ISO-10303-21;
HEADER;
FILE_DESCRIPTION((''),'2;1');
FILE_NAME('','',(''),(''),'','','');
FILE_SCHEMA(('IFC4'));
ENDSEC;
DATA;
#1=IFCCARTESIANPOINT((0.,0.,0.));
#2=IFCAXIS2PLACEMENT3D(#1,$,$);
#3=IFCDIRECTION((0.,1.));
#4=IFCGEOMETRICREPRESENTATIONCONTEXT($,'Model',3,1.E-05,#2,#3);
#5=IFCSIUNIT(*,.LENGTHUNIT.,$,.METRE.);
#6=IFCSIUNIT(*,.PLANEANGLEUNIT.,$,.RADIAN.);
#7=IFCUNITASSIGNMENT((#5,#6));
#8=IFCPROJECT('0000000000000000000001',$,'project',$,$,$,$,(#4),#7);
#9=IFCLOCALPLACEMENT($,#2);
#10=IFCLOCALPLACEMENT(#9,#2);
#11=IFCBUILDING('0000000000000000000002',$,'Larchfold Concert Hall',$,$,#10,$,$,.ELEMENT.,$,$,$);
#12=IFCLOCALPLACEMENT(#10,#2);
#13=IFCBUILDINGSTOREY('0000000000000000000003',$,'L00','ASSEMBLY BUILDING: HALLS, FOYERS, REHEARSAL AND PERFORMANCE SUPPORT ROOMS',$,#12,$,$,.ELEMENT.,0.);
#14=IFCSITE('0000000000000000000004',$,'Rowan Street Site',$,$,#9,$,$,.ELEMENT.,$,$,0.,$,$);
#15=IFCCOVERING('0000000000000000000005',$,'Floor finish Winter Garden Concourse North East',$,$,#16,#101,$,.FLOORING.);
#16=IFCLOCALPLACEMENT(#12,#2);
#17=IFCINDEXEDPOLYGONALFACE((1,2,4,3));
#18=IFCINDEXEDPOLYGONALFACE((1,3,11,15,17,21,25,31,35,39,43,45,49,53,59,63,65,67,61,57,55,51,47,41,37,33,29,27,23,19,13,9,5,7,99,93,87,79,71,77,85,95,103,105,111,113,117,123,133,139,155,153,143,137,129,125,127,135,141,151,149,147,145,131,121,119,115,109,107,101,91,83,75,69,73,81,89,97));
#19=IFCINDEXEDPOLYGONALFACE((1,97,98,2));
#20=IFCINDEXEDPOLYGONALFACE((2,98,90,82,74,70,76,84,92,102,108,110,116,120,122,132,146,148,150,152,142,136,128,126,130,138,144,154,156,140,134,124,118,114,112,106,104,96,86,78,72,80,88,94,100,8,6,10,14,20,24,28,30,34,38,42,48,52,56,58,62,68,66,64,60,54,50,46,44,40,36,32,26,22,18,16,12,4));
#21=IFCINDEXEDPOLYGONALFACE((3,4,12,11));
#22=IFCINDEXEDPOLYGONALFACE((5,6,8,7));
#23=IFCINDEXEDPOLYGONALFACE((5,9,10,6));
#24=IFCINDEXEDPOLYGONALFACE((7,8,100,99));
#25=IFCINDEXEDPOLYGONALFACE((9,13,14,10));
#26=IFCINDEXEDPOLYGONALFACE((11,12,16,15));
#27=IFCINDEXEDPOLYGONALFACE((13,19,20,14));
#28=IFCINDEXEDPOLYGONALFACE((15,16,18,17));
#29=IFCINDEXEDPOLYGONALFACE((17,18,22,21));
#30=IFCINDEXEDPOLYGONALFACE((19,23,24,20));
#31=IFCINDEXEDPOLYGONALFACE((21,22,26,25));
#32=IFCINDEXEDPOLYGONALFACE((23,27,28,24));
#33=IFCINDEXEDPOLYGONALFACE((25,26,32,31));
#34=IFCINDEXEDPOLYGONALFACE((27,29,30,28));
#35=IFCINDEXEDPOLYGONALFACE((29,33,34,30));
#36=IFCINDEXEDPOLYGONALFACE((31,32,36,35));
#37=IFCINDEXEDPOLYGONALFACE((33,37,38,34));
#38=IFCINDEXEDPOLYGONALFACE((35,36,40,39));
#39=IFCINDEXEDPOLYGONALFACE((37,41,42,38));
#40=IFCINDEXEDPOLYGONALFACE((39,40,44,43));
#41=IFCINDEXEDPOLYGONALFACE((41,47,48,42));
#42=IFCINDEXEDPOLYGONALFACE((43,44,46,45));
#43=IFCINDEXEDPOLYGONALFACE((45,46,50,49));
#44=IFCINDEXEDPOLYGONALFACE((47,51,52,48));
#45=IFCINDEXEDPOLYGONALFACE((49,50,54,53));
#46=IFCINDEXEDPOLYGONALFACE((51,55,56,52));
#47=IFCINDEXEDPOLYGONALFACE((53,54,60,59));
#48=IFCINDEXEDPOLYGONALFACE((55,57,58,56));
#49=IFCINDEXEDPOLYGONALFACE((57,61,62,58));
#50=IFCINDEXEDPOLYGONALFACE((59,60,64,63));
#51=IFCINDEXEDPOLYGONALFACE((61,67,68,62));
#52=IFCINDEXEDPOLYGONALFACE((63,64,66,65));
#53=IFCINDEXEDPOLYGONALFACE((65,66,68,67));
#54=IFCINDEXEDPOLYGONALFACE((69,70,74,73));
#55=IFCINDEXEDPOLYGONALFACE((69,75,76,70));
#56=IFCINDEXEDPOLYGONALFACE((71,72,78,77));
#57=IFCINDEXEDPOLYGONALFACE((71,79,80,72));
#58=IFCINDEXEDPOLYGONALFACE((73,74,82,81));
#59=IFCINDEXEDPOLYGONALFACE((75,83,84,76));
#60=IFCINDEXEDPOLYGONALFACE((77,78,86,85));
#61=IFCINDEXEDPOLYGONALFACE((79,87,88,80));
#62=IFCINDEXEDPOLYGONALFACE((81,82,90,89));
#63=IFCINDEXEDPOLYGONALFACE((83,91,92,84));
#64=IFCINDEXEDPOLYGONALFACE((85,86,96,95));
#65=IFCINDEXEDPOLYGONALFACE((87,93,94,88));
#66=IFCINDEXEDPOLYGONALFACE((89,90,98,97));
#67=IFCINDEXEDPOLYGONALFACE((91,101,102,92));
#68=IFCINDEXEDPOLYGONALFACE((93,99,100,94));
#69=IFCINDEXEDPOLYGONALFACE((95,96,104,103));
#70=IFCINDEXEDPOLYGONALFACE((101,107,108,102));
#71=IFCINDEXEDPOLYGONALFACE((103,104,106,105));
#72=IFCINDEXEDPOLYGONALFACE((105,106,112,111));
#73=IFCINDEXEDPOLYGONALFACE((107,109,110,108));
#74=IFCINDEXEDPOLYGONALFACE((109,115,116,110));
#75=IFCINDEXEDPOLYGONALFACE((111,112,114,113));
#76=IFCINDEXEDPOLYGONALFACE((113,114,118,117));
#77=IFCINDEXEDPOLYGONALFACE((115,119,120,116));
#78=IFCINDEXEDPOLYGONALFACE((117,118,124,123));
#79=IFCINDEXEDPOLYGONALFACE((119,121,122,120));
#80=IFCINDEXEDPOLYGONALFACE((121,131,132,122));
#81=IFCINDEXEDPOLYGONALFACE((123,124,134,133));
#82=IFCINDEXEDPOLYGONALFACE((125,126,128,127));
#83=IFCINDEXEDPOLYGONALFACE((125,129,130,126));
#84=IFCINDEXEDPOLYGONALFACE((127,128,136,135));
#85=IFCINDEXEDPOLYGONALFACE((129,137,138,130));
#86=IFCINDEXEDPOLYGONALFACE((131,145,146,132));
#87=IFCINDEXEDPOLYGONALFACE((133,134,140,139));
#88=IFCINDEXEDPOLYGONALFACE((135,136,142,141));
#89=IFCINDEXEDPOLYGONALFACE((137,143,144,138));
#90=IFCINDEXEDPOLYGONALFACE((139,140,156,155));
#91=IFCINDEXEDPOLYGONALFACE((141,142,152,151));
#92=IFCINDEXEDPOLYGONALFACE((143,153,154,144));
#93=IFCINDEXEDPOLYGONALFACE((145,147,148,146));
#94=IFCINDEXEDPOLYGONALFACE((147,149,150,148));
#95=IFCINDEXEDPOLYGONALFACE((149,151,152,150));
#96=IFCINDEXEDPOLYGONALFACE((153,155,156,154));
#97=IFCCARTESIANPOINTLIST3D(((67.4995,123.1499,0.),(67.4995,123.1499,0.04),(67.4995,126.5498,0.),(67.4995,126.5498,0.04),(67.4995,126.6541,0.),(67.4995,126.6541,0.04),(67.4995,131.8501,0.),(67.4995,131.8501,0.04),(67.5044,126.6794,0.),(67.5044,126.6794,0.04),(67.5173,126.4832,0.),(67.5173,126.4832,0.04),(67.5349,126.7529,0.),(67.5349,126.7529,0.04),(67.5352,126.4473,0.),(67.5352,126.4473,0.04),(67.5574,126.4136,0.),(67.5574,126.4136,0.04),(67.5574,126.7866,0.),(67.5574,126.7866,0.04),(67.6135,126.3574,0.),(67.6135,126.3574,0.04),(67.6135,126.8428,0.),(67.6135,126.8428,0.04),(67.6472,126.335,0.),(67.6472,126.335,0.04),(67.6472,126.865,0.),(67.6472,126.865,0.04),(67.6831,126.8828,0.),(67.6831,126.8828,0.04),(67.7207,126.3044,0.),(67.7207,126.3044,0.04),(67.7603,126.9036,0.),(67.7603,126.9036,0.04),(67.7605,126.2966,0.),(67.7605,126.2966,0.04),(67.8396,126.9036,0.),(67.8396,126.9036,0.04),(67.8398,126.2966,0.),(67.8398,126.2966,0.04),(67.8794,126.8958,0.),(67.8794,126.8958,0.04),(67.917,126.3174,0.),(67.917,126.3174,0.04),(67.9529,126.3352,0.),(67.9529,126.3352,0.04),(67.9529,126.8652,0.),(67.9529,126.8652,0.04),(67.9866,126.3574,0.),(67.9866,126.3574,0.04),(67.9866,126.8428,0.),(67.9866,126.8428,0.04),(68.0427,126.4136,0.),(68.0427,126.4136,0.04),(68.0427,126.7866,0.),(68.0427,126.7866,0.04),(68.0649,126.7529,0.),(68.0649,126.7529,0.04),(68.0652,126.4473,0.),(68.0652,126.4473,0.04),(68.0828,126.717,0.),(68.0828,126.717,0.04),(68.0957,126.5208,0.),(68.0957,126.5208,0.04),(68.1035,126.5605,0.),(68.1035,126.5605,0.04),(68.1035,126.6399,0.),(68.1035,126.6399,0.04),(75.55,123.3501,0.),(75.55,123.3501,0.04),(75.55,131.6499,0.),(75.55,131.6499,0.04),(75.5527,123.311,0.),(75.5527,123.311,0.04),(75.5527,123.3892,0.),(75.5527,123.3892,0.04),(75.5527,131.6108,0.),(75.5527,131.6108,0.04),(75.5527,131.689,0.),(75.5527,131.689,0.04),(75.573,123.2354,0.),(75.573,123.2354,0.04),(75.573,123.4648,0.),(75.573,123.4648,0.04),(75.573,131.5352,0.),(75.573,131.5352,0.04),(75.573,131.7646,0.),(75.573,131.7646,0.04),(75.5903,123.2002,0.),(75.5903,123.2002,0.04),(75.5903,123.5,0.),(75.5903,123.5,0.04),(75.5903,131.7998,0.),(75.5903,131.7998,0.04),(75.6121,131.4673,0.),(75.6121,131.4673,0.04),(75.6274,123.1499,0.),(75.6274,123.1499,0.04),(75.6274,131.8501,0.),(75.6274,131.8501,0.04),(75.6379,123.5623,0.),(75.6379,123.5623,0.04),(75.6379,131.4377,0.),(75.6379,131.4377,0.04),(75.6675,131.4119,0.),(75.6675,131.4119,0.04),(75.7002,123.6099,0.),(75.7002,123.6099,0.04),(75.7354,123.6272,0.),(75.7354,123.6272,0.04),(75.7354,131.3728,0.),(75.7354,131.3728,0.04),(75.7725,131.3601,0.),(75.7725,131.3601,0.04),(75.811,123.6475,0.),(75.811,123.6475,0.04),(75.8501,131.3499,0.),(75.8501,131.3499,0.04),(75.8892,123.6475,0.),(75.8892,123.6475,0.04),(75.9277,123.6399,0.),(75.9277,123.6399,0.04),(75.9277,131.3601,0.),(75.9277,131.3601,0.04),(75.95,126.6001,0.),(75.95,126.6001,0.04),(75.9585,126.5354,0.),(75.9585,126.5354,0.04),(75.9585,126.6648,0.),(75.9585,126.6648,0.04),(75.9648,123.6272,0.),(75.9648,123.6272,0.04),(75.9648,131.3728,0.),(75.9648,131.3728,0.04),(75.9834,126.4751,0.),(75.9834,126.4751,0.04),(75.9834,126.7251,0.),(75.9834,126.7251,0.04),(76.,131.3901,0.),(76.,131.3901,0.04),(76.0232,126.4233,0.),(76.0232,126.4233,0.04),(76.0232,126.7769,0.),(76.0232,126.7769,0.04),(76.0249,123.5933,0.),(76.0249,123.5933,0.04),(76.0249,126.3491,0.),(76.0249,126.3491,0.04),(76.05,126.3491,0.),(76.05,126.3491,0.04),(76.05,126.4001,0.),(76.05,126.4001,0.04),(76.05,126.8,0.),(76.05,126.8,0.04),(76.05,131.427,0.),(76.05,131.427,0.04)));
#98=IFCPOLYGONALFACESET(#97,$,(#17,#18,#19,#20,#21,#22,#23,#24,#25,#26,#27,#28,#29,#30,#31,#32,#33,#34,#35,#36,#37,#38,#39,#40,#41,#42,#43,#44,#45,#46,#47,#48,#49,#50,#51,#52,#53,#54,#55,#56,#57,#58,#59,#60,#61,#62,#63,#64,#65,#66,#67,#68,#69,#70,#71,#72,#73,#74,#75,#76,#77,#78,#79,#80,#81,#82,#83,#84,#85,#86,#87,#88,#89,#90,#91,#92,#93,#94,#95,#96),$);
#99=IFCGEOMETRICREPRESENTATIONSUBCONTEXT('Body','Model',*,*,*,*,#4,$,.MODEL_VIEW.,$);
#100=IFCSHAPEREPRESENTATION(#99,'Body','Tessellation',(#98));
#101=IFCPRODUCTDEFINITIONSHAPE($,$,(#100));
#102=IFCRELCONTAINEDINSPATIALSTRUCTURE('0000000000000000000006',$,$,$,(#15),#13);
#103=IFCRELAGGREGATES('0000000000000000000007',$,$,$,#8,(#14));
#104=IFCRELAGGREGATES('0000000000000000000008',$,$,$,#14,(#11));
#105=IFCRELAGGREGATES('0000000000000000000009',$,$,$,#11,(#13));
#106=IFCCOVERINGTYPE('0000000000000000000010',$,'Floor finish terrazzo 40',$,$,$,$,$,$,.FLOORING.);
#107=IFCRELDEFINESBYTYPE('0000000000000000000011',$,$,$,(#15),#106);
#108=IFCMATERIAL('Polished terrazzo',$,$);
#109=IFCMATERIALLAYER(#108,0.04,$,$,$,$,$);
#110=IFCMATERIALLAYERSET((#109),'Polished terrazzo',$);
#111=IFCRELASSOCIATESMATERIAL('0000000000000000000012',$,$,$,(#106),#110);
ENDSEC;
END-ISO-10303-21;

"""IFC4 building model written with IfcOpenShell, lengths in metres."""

from ifc_helpers import new_model, si_unit, direction, origin, place, context, subcontext, project, spatial, polyline, outline, extrude, material, layer, layer_set, type_object, element, save


model = new_model("IFC4")

# Units and contexts
model_context = context("Model", 3, precision=1e-05, world=origin(), true_north=direction((0.0, 1.0)))
body_context = subcontext(model_context, "Body", "Model", "MODEL_VIEW")
ifc_project = project(units=[si_unit("LENGTHUNIT", "METRE"), si_unit("PLANEANGLEUNIT", "RADIAN")], contexts=[model_context])

# Site, building, storey
site_placement = place(None, origin())
site = spatial("IfcSite", under=ifc_project, at=site_placement, Name="Rowan Street Site", CompositionType="ELEMENT", RefElevation=0.0)
building_placement = place(site_placement, origin())
building = spatial("IfcBuilding", under=site, at=building_placement, Name="Larchfold Concert Hall", CompositionType="ELEMENT")
storey_placement = place(building_placement, origin())
storey = spatial("IfcBuildingStorey", under=building, at=storey_placement, Name="L00", Description="ASSEMBLY BUILDING: HALLS, FOYERS, REHEARSAL AND PERFORMANCE SUPPORT ROOMS", CompositionType="ELEMENT", Elevation=0.0)

# Covering
ifc_material_1 = material(Name="Polished terrazzo")
ifc_layer_1 = layer(ifc_material_1, 0.04)
ifc_layer_set_1 = layer_set([ifc_layer_1], Name="Polished terrazzo")
covering_type_1 = type_object("IfcCoveringType", Name="Floor finish terrazzo 40", PredefinedType="FLOORING", material=ifc_layer_set_1)
covering_1_placement = place(storey_placement, origin())
element("IfcCovering", 1, at=covering_1_placement, inside=storey, type_object=covering_type_1, Name="Floor finish Winter Garden Concourse North East", PredefinedType="FLOORING", context=body_context, shape_type="SweptSolid", body=[
    extrude(outline(polyline([(75.6274, 131.8501), (67.4995, 131.8501), (67.4995, 126.6541), (67.5044, 126.6794), (67.5349, 126.7529), (67.5574, 126.7866), (67.6135, 126.8428), (67.6472, 126.865), (67.6831, 126.8828), (67.7603, 126.9036), (67.8396, 126.9036), (67.8794, 126.8958), (67.9529, 126.8652), (67.9866, 126.8428), (68.0427, 126.7866), (68.0649, 126.7529), (68.0828, 126.717), (68.1035, 126.6399), (68.1035, 126.5605), (68.0957, 126.5208), (68.0652, 126.4473), (68.0427, 126.4136), (67.9866, 126.3574), (67.9529, 126.3352), (67.917, 126.3174), (67.8398, 126.2966), (67.7605, 126.2966), (67.7207, 126.3044), (67.6472, 126.335), (67.6135, 126.3574), (67.5574, 126.4136), (67.5352, 126.4473), (67.5173, 126.4832), (67.4995, 126.5498), (67.4995, 123.1499), (75.6274, 123.1499), (75.5903, 123.2002), (75.573, 123.2354), (75.5527, 123.311), (75.55, 123.3501), (75.5527, 123.3892), (75.573, 123.4648), (75.5903, 123.5), (75.6379, 123.5623), (75.7002, 123.6099), (75.7354, 123.6272), (75.811, 123.6475), (75.8892, 123.6475), (75.9277, 123.6399), (75.9648, 123.6272), (76.0249, 123.5933), (76.0249, 126.3491), (76.05, 126.3491), (76.05, 126.4001), (76.0232, 126.4233), (75.9834, 126.4751), (75.9585, 126.5354), (75.95, 126.6001), (75.9585, 126.6648), (75.9834, 126.7251), (76.0232, 126.7769), (76.05, 126.8), (76.05, 131.427), (76.0, 131.3901), (75.9648, 131.3728), (75.9277, 131.3601), (75.8501, 131.3499), (75.7725, 131.3601), (75.7354, 131.3728), (75.6675, 131.4119), (75.6379, 131.4377), (75.6121, 131.4673), (75.573, 131.5352), (75.5527, 131.6108), (75.55, 131.6499), (75.5527, 131.689), (75.573, 131.7646), (75.5903, 131.7998), (75.6274, 131.8501)])), origin(), (0.0, 0.0, 1.0), 0.04),
])

save(model, "model.ifc")
